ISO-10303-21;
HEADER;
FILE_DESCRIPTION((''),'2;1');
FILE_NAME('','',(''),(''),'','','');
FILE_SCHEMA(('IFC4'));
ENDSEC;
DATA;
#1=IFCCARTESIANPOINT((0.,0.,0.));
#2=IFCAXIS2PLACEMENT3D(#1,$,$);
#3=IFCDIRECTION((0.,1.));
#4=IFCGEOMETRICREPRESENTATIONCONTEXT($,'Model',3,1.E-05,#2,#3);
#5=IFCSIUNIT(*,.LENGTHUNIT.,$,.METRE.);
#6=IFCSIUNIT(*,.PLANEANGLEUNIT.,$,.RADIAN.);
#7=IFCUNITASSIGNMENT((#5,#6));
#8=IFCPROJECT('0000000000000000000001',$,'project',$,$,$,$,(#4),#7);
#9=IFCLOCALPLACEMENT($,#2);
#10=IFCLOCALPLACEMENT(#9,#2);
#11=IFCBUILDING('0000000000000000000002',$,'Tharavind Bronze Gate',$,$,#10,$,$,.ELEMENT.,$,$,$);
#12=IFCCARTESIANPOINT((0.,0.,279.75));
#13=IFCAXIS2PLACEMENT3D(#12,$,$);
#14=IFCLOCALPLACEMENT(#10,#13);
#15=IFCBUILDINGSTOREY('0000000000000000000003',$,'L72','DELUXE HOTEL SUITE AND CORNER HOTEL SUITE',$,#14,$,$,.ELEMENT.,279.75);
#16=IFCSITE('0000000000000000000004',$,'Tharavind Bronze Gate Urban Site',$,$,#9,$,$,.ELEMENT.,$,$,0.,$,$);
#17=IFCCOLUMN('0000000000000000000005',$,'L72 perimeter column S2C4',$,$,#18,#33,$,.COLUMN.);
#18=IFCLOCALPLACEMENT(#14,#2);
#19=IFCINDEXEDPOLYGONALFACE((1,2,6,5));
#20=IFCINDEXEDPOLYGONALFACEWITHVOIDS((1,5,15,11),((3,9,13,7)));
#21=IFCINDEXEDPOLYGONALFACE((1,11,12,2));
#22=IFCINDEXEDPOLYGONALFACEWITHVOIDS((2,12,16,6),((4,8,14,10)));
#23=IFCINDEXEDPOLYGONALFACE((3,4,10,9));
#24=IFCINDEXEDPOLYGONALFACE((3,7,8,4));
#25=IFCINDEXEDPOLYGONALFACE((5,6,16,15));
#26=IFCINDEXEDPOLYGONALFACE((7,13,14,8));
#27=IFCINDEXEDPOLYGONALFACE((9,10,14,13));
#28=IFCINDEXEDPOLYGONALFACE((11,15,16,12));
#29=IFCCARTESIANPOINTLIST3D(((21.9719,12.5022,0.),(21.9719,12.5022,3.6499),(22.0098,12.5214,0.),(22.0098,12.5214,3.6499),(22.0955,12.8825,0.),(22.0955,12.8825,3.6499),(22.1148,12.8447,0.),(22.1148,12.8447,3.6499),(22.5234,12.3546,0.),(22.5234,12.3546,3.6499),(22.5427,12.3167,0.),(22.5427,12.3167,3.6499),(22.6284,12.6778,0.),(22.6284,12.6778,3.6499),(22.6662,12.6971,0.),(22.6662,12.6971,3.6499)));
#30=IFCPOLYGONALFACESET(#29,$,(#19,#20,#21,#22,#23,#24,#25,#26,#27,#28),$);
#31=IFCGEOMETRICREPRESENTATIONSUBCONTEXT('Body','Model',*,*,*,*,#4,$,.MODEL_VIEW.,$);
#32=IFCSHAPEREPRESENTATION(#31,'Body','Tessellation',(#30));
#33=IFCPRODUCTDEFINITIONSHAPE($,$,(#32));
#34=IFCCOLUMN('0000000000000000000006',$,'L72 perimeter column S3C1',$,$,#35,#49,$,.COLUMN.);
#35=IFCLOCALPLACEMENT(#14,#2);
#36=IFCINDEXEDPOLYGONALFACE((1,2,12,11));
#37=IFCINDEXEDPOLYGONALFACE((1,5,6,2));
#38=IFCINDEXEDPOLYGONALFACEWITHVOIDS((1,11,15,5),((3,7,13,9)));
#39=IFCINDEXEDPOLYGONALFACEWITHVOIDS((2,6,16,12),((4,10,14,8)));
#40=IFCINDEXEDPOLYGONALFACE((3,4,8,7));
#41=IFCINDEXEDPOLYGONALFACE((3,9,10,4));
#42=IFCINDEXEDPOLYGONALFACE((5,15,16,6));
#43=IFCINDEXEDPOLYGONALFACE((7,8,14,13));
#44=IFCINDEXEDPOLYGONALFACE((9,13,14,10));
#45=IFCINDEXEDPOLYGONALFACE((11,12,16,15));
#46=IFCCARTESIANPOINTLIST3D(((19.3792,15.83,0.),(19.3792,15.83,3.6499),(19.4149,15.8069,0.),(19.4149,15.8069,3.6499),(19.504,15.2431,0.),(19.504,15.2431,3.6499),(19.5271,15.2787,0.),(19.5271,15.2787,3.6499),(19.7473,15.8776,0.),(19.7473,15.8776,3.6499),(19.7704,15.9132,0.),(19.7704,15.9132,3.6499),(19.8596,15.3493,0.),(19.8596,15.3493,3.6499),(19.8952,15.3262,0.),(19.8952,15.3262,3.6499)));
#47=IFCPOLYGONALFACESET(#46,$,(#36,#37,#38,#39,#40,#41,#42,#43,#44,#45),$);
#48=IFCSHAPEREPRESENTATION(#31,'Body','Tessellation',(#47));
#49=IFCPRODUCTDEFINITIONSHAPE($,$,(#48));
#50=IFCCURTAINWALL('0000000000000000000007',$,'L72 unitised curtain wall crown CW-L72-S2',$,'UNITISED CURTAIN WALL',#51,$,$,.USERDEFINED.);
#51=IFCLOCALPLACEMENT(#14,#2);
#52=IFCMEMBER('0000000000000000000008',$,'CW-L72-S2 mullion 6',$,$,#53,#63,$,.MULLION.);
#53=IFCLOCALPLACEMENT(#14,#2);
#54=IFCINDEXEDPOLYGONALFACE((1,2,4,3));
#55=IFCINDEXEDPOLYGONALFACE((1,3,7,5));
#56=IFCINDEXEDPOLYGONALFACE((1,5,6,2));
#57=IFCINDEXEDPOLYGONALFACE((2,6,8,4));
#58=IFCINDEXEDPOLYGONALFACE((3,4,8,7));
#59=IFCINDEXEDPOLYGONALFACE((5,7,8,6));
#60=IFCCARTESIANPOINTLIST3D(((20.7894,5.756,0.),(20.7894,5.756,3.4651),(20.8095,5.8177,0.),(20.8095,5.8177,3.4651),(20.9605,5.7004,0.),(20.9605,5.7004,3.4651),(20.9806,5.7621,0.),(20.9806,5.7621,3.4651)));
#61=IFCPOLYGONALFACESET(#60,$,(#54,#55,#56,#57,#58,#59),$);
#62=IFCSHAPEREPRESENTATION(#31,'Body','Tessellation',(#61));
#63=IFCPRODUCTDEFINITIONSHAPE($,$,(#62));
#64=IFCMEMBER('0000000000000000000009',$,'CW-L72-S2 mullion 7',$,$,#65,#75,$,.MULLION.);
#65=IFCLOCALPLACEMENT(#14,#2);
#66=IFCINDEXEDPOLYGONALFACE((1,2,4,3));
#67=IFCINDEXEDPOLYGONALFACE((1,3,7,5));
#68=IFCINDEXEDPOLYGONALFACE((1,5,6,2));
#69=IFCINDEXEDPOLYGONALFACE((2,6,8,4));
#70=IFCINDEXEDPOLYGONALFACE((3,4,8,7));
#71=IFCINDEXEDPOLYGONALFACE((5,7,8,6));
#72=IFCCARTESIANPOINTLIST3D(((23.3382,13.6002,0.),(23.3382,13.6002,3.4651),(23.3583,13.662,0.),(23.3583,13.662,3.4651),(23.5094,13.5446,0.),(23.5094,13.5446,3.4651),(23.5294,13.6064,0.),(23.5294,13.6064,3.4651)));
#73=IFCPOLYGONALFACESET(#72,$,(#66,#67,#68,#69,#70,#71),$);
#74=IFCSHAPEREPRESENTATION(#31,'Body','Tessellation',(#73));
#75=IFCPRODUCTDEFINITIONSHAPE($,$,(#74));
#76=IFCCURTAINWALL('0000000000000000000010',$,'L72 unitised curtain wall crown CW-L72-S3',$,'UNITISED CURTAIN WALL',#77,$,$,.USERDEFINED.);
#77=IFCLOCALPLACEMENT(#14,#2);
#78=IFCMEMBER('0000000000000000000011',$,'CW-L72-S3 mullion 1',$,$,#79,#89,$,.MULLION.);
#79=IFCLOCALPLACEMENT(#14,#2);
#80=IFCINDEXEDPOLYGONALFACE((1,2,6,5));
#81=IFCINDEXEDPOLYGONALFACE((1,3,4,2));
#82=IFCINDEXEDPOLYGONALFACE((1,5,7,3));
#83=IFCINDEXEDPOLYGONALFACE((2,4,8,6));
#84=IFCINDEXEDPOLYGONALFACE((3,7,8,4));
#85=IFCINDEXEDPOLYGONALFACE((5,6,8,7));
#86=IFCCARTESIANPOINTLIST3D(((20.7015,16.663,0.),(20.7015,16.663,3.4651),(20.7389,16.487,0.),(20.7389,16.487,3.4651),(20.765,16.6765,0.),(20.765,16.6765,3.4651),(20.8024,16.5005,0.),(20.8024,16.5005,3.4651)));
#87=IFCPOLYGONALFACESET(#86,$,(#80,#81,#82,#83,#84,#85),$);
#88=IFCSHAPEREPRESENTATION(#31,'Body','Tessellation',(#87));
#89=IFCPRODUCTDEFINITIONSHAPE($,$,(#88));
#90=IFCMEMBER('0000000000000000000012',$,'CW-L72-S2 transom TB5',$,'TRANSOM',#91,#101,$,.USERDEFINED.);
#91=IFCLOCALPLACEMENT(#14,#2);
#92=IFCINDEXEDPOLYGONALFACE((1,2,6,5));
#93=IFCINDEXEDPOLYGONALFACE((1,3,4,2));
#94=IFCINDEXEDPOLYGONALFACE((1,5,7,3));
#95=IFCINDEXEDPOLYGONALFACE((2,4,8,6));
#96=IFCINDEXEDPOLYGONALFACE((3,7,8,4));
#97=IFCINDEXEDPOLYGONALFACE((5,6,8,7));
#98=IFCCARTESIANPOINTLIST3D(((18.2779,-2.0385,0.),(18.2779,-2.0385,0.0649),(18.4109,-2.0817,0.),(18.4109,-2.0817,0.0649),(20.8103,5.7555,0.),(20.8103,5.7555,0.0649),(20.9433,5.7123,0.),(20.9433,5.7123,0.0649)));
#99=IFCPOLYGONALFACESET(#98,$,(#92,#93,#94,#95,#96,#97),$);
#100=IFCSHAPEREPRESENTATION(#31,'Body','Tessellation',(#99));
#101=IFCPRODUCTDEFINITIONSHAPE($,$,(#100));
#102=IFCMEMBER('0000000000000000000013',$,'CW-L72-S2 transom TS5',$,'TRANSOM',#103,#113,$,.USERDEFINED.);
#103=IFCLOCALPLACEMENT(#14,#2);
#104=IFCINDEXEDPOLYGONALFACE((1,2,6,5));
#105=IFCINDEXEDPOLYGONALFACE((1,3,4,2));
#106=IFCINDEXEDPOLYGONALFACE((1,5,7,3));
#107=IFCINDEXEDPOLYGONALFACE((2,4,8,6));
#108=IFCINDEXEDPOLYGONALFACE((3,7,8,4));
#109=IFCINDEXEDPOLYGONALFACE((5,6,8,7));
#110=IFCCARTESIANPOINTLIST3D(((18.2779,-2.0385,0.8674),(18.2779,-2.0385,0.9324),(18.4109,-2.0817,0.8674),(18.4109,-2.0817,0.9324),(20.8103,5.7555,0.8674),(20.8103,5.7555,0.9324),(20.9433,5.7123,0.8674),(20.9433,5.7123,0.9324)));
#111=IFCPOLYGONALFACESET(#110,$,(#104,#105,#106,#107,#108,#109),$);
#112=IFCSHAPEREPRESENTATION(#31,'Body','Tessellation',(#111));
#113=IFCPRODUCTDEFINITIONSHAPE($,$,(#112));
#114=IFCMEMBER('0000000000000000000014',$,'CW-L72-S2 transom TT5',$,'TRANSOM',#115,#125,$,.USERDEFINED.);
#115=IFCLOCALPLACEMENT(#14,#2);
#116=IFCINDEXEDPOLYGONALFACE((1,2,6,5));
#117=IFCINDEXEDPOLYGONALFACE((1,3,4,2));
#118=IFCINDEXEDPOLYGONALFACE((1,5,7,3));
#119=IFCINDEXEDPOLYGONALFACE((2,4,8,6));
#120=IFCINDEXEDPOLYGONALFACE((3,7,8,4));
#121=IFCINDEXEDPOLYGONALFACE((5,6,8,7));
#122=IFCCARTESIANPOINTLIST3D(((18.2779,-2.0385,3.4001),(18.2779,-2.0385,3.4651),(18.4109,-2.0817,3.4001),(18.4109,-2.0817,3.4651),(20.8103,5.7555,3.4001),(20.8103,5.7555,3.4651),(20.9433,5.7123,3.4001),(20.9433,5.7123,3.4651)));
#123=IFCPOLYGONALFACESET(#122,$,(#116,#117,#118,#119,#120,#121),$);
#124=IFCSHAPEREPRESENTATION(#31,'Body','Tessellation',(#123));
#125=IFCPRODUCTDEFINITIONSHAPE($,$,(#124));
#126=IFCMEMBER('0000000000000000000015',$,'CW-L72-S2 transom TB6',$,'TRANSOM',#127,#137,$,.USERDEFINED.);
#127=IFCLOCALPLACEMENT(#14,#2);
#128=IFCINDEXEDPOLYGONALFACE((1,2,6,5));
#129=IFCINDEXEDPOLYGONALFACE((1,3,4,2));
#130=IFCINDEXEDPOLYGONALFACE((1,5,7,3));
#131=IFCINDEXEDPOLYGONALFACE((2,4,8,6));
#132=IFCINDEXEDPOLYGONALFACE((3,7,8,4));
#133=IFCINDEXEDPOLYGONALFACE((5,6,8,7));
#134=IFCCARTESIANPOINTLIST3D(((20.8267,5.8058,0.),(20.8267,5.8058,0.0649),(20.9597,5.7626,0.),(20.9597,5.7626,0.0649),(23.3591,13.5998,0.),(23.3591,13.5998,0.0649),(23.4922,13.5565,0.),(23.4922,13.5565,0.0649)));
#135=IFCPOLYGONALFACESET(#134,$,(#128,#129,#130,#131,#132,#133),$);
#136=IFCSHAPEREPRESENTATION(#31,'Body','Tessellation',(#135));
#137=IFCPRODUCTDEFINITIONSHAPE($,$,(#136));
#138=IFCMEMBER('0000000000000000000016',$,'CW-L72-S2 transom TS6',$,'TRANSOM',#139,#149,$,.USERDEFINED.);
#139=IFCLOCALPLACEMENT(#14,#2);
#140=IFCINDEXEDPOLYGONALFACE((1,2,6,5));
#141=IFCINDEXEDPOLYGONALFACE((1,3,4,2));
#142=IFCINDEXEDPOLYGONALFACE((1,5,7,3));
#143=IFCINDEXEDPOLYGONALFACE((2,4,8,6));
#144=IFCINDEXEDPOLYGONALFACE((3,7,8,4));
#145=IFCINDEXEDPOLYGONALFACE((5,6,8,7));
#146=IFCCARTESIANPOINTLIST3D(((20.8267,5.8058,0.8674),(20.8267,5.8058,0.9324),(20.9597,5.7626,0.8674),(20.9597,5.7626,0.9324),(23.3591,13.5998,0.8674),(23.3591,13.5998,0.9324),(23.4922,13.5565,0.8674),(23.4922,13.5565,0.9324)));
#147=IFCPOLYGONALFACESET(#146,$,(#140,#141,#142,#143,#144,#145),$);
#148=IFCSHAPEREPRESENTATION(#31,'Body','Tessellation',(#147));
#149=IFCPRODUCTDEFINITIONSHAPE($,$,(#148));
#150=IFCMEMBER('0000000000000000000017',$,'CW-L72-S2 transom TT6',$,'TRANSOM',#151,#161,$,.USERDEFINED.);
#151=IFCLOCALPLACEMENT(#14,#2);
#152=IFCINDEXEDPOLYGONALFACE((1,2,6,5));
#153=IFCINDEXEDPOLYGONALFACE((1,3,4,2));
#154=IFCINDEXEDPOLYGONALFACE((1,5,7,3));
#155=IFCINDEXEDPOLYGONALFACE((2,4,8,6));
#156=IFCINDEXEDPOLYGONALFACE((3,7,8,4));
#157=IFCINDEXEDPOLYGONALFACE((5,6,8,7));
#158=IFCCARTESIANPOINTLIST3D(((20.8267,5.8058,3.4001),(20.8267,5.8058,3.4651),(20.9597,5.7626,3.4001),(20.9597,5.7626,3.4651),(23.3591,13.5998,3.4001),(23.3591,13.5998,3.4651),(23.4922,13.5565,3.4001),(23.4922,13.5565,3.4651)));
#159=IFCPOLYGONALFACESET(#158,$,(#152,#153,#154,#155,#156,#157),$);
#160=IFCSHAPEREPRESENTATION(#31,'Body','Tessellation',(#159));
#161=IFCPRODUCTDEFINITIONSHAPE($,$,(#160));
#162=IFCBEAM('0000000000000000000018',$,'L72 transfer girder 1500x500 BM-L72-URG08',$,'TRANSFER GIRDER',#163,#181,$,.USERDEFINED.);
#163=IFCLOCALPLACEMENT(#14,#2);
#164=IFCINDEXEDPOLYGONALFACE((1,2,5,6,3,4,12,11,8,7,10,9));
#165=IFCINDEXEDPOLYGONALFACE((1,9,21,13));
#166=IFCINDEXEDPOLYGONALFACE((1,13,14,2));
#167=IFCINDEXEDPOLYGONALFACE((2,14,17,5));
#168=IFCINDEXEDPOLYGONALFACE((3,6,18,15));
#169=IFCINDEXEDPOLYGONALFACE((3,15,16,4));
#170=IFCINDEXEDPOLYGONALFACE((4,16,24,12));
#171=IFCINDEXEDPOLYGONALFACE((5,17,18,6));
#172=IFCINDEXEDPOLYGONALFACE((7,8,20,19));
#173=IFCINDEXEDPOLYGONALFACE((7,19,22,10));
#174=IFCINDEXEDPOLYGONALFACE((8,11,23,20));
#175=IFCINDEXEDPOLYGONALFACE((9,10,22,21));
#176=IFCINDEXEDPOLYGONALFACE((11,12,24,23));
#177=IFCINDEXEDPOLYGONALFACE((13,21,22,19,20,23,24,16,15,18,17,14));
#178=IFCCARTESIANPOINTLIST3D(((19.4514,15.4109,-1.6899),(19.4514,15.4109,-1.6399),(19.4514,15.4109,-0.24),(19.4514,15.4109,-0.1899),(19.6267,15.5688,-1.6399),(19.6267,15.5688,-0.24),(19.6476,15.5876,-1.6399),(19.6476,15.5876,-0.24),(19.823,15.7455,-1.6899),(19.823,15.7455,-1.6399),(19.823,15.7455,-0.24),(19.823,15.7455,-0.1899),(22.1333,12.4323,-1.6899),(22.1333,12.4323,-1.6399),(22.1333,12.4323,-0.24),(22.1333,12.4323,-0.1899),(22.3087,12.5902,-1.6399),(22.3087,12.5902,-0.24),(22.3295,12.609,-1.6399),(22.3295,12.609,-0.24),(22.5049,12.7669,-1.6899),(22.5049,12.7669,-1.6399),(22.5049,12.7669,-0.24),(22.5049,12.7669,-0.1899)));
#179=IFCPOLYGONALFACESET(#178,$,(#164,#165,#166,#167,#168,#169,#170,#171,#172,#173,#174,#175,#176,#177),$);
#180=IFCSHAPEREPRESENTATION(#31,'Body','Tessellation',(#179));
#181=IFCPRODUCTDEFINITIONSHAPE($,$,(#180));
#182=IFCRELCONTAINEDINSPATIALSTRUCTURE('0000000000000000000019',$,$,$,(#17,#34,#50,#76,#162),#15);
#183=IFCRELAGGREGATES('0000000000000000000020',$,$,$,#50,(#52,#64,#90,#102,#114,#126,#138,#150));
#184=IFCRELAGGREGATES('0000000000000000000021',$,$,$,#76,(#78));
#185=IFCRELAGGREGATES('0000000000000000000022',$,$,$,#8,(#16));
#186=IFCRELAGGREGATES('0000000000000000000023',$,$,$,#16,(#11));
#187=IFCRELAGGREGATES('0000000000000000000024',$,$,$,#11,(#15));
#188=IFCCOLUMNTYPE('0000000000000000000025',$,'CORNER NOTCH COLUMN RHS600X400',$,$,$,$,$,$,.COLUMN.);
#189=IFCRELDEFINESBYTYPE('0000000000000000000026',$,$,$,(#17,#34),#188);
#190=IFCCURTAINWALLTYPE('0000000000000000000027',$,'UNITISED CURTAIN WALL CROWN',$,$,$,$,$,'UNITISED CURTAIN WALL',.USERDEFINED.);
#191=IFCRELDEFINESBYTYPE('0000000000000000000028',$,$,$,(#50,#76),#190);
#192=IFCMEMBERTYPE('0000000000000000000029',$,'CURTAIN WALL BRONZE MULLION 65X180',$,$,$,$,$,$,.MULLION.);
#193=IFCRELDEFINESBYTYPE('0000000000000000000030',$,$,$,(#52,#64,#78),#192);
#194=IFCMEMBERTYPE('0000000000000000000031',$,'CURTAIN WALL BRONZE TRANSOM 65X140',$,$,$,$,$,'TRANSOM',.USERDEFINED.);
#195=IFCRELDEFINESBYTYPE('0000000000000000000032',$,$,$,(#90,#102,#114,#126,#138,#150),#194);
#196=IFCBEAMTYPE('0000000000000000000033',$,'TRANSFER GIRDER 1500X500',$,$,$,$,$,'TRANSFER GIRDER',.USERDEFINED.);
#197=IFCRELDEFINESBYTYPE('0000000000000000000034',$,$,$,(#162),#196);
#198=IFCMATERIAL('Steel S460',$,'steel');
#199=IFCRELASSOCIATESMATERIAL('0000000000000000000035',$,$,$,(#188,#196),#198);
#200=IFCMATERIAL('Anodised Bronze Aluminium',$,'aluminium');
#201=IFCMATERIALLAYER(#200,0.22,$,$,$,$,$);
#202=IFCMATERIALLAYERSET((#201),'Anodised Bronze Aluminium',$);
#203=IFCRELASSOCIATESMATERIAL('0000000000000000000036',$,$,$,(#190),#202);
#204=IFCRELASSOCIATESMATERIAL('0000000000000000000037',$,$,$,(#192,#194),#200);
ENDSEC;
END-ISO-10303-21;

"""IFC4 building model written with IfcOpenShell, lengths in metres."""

from ifc_helpers import new_model, si_unit, direction, frame, origin, origin_2d, place, context, subcontext, project, spatial, rectangle, hollow_rectangle, i_section, extrude, material, layer, layer_set, material_profile, profile_set, type_object, element, aggregate, save


model = new_model("IFC4")

# Units and contexts
model_context = context("Model", 3, precision=1e-05, world=origin(), true_north=direction((0.0, 1.0)))
body_context = subcontext(model_context, "Body", "Model", "MODEL_VIEW")
ifc_project = project(units=[si_unit("LENGTHUNIT", "METRE"), si_unit("PLANEANGLEUNIT", "RADIAN")], contexts=[model_context])

# Site, building, storey
site_placement = place(None, origin())
site = spatial("IfcSite", under=ifc_project, at=site_placement, Name="Tharavind Bronze Gate Urban Site", CompositionType="ELEMENT", RefElevation=0.0)
building_placement = place(site_placement, origin())
building = spatial("IfcBuilding", under=site, at=building_placement, Name="Tharavind Bronze Gate", CompositionType="ELEMENT")
storey_placement = place(building_placement, frame((0.0, 0.0, 279.75)))
storey = spatial("IfcBuildingStorey", under=building, at=storey_placement, Name="L72", Description="DELUXE HOTEL SUITE AND CORNER HOTEL SUITE", CompositionType="ELEMENT", Elevation=279.75)

# Columns
ifc_material_1 = material(Name="Steel S460", Category="steel")
ifc_material_profile_1 = material_profile(ifc_material_1, hollow_rectangle(XDim=0.3999, YDim=0.6001, WallThickness=0.03, at=origin_2d()), Name="RHS600X400X30")
ifc_profile_set_1 = profile_set([ifc_material_profile_1], Name="Steel S460")
column_type = type_object("IfcColumnType", Name="CORNER NOTCH COLUMN RHS600X400", PredefinedType="COLUMN", material=ifc_profile_set_1)
for number, where, z_axis, x_axis, name in (
    (1, (22.3191, 12.5996, 0.0), (0.0, 0.0, 1.0), (0.309019, 0.951056, 0.0), "L72 perimeter column S2C4"),
    (2, (19.6372, 15.5781, 0.0), (0.0, 0.0, 1.0), (0.978147, 0.207913, 0.0), "L72 perimeter column S3C1"),
):
    element("IfcColumn", number, at=place(storey_placement, frame(where, z_axis=z_axis, x_axis=x_axis)), inside=storey, type_object=column_type, Name=name, PredefinedType="COLUMN", context=body_context, shape_type="SweptSolid", body=[
        extrude(hollow_rectangle(XDim=0.3999, YDim=0.6001, WallThickness=0.03, at=origin_2d()), origin(), (0.0, 0.0, 1.0), 3.6499),
    ])

# Curtain wall, members
ifc_material_2 = material(Name="Anodised Bronze Aluminium", Category="aluminium")
ifc_layer_1 = layer(ifc_material_2, 0.22)
ifc_layer_set_1 = layer_set([ifc_layer_1], Name="Anodised Bronze Aluminium")
curtain_wall_type = type_object("IfcCurtainWallType", Name="UNITISED CURTAIN WALL CROWN", ElementType="UNITISED CURTAIN WALL", PredefinedType="USERDEFINED", material=ifc_layer_set_1)
curtain_wall_1_placement = place(storey_placement, origin())
curtain_wall_1 = element("IfcCurtainWall", 3, at=curtain_wall_1_placement, inside=storey, type_object=curtain_wall_type, Name="L72 unitised curtain wall crown CW-L72-S2", ObjectType="UNITISED CURTAIN WALL", PredefinedType="USERDEFINED")
member_type_1 = type_object("IfcMemberType", Name="CURTAIN WALL BRONZE MULLION 65X180", PredefinedType="MULLION", material=ifc_material_2)
member_1_placement = place(storey_placement, frame((20.885, 5.759, 0.0), z_axis=(0.0, 0.0, 1.0), x_axis=(0.309017, 0.951057, 0.0)))
member_1 = element("IfcMember", 4, at=member_1_placement, type_object=member_type_1, Name="CW-L72-S2 mullion 6", PredefinedType="MULLION", context=body_context, shape_type="SweptSolid", body=[
    extrude(rectangle(XDim=0.0649, YDim=0.1799, at=origin_2d()), origin(), (0.0, 0.0, 1.0), 3.4651),
])
member_2_placement = place(storey_placement, frame((23.4338, 13.6033, 0.0), z_axis=(0.0, 0.0, 1.0), x_axis=(0.309017, 0.951057, 0.0)))
member_2 = element("IfcMember", 5, at=member_2_placement, type_object=member_type_1, Name="CW-L72-S2 mullion 7", PredefinedType="MULLION", context=body_context, shape_type="SweptSolid", body=[
    extrude(rectangle(XDim=0.0649, YDim=0.1799, at=origin_2d()), origin(), (0.0, 0.0, 1.0), 3.4651),
])

# Curtain wall, member
curtain_wall_2_placement = place(storey_placement, origin())
curtain_wall_2 = element("IfcCurtainWall", 6, at=curtain_wall_2_placement, inside=storey, type_object=curtain_wall_type, Name="L72 unitised curtain wall crown CW-L72-S3", ObjectType="UNITISED CURTAIN WALL", PredefinedType="USERDEFINED")
member_3_placement = place(storey_placement, frame((20.752, 16.5818, 0.0), z_axis=(0.0, 0.0, 1.0), x_axis=(-0.978147, -0.207913, 0.0)))
member_3 = element("IfcMember", 7, at=member_3_placement, type_object=member_type_1, Name="CW-L72-S3 mullion 1", PredefinedType="MULLION", context=body_context, shape_type="SweptSolid", body=[
    extrude(rectangle(XDim=0.0649, YDim=0.1799, at=origin_2d()), origin(), (0.0, 0.0, 1.0), 3.4651),
])

# Members
member_type_2 = type_object("IfcMemberType", Name="CURTAIN WALL BRONZE TRANSOM 65X140", ElementType="TRANSOM", PredefinedType="USERDEFINED", material=ifc_material_2)
member_4_placement = place(storey_placement, frame((19.6106, 1.8369, 0.0), z_axis=(0.0, 0.0, 1.0), x_axis=(0.309017, 0.951057, 0.0)))
member_4 = element("IfcMember", 8, at=member_4_placement, type_object=member_type_2, Name="CW-L72-S2 transom TB5", ObjectType="TRANSOM", PredefinedType="USERDEFINED", context=body_context, shape_type="SweptSolid", body=[
    extrude(rectangle(XDim=8.1951, YDim=0.1399, at=origin_2d()), origin(), (0.0, 0.0, 1.0), 0.0649),
])
member_5_placement = place(storey_placement, frame((19.6106, 1.8369, 0.8674), z_axis=(0.0, 0.0, 1.0), x_axis=(0.309017, 0.951057, 0.0)))
member_5 = element("IfcMember", 9, at=member_5_placement, type_object=member_type_2, Name="CW-L72-S2 transom TS5", ObjectType="TRANSOM", PredefinedType="USERDEFINED", context=body_context, shape_type="SweptSolid", body=[
    extrude(rectangle(XDim=8.1951, YDim=0.1399, at=origin_2d()), origin(), (0.0, 0.0, 1.0), 0.0649),
])
member_6_placement = place(storey_placement, frame((19.6106, 1.8369, 3.4001), z_axis=(0.0, 0.0, 1.0), x_axis=(0.309017, 0.951057, 0.0)))
member_6 = element("IfcMember", 10, at=member_6_placement, type_object=member_type_2, Name="CW-L72-S2 transom TT5", ObjectType="TRANSOM", PredefinedType="USERDEFINED", context=body_context, shape_type="SweptSolid", body=[
    extrude(rectangle(XDim=8.1951, YDim=0.1399, at=origin_2d()), origin(), (0.0, 0.0, 1.0), 0.0649),
])
member_7_placement = place(storey_placement, frame((22.1594, 9.6812, 0.0), z_axis=(0.0, 0.0, 1.0), x_axis=(0.309017, 0.951057, 0.0)))
member_7 = element("IfcMember", 11, at=member_7_placement, type_object=member_type_2, Name="CW-L72-S2 transom TB6", ObjectType="TRANSOM", PredefinedType="USERDEFINED", context=body_context, shape_type="SweptSolid", body=[
    extrude(rectangle(XDim=8.1951, YDim=0.1399, at=origin_2d()), origin(), (0.0, 0.0, 1.0), 0.0649),
])
member_8_placement = place(storey_placement, frame((22.1594, 9.6812, 0.8674), z_axis=(0.0, 0.0, 1.0), x_axis=(0.309017, 0.951057, 0.0)))
member_8 = element("IfcMember", 12, at=member_8_placement, type_object=member_type_2, Name="CW-L72-S2 transom TS6", ObjectType="TRANSOM", PredefinedType="USERDEFINED", context=body_context, shape_type="SweptSolid", body=[
    extrude(rectangle(XDim=8.1951, YDim=0.1399, at=origin_2d()), origin(), (0.0, 0.0, 1.0), 0.0649),
])
member_9_placement = place(storey_placement, frame((22.1594, 9.6812, 3.4001), z_axis=(0.0, 0.0, 1.0), x_axis=(0.309017, 0.951057, 0.0)))
member_9 = element("IfcMember", 13, at=member_9_placement, type_object=member_type_2, Name="CW-L72-S2 transom TT6", ObjectType="TRANSOM", PredefinedType="USERDEFINED", context=body_context, shape_type="SweptSolid", body=[
    extrude(rectangle(XDim=8.1951, YDim=0.1399, at=origin_2d()), origin(), (0.0, 0.0, 1.0), 0.0649),
])

# Beam
ifc_material_profile_2 = material_profile(ifc_material_1, i_section(OverallWidth=0.5, OverallDepth=1.5, WebThickness=0.0281, FlangeThickness=0.05, at=origin_2d()), Name="PG1500X500")
ifc_profile_set_2 = profile_set([ifc_material_profile_2], Name="Steel S460")
beam_type_1 = type_object("IfcBeamType", Name="TRANSFER GIRDER 1500X500", ElementType="TRANSFER GIRDER", PredefinedType="USERDEFINED", material=ifc_profile_set_2)
beam_1_placement = place(storey_placement, frame((22.3191, 12.5996, -0.9399), z_axis=(-0.669133, 0.743143, 0.0), x_axis=(-0.743143, -0.669133, 0.0)))
element("IfcBeam", 14, at=beam_1_placement, inside=storey, type_object=beam_type_1, Name="L72 transfer girder 1500x500 BM-L72-URG08", ObjectType="TRANSFER GIRDER", PredefinedType="USERDEFINED", context=body_context, shape_type="SweptSolid", body=[
    extrude(i_section(OverallWidth=0.5, OverallDepth=1.5, WebThickness=0.0281, FlangeThickness=0.05, at=origin_2d()), origin(), (0.0, 0.0, 1.0), 4.0081),
])

aggregate(curtain_wall_1, [member_1, member_2, member_4, member_5, member_6, member_7, member_8, member_9])
aggregate(curtain_wall_2, [member_3])

save(model, "model.ifc")
